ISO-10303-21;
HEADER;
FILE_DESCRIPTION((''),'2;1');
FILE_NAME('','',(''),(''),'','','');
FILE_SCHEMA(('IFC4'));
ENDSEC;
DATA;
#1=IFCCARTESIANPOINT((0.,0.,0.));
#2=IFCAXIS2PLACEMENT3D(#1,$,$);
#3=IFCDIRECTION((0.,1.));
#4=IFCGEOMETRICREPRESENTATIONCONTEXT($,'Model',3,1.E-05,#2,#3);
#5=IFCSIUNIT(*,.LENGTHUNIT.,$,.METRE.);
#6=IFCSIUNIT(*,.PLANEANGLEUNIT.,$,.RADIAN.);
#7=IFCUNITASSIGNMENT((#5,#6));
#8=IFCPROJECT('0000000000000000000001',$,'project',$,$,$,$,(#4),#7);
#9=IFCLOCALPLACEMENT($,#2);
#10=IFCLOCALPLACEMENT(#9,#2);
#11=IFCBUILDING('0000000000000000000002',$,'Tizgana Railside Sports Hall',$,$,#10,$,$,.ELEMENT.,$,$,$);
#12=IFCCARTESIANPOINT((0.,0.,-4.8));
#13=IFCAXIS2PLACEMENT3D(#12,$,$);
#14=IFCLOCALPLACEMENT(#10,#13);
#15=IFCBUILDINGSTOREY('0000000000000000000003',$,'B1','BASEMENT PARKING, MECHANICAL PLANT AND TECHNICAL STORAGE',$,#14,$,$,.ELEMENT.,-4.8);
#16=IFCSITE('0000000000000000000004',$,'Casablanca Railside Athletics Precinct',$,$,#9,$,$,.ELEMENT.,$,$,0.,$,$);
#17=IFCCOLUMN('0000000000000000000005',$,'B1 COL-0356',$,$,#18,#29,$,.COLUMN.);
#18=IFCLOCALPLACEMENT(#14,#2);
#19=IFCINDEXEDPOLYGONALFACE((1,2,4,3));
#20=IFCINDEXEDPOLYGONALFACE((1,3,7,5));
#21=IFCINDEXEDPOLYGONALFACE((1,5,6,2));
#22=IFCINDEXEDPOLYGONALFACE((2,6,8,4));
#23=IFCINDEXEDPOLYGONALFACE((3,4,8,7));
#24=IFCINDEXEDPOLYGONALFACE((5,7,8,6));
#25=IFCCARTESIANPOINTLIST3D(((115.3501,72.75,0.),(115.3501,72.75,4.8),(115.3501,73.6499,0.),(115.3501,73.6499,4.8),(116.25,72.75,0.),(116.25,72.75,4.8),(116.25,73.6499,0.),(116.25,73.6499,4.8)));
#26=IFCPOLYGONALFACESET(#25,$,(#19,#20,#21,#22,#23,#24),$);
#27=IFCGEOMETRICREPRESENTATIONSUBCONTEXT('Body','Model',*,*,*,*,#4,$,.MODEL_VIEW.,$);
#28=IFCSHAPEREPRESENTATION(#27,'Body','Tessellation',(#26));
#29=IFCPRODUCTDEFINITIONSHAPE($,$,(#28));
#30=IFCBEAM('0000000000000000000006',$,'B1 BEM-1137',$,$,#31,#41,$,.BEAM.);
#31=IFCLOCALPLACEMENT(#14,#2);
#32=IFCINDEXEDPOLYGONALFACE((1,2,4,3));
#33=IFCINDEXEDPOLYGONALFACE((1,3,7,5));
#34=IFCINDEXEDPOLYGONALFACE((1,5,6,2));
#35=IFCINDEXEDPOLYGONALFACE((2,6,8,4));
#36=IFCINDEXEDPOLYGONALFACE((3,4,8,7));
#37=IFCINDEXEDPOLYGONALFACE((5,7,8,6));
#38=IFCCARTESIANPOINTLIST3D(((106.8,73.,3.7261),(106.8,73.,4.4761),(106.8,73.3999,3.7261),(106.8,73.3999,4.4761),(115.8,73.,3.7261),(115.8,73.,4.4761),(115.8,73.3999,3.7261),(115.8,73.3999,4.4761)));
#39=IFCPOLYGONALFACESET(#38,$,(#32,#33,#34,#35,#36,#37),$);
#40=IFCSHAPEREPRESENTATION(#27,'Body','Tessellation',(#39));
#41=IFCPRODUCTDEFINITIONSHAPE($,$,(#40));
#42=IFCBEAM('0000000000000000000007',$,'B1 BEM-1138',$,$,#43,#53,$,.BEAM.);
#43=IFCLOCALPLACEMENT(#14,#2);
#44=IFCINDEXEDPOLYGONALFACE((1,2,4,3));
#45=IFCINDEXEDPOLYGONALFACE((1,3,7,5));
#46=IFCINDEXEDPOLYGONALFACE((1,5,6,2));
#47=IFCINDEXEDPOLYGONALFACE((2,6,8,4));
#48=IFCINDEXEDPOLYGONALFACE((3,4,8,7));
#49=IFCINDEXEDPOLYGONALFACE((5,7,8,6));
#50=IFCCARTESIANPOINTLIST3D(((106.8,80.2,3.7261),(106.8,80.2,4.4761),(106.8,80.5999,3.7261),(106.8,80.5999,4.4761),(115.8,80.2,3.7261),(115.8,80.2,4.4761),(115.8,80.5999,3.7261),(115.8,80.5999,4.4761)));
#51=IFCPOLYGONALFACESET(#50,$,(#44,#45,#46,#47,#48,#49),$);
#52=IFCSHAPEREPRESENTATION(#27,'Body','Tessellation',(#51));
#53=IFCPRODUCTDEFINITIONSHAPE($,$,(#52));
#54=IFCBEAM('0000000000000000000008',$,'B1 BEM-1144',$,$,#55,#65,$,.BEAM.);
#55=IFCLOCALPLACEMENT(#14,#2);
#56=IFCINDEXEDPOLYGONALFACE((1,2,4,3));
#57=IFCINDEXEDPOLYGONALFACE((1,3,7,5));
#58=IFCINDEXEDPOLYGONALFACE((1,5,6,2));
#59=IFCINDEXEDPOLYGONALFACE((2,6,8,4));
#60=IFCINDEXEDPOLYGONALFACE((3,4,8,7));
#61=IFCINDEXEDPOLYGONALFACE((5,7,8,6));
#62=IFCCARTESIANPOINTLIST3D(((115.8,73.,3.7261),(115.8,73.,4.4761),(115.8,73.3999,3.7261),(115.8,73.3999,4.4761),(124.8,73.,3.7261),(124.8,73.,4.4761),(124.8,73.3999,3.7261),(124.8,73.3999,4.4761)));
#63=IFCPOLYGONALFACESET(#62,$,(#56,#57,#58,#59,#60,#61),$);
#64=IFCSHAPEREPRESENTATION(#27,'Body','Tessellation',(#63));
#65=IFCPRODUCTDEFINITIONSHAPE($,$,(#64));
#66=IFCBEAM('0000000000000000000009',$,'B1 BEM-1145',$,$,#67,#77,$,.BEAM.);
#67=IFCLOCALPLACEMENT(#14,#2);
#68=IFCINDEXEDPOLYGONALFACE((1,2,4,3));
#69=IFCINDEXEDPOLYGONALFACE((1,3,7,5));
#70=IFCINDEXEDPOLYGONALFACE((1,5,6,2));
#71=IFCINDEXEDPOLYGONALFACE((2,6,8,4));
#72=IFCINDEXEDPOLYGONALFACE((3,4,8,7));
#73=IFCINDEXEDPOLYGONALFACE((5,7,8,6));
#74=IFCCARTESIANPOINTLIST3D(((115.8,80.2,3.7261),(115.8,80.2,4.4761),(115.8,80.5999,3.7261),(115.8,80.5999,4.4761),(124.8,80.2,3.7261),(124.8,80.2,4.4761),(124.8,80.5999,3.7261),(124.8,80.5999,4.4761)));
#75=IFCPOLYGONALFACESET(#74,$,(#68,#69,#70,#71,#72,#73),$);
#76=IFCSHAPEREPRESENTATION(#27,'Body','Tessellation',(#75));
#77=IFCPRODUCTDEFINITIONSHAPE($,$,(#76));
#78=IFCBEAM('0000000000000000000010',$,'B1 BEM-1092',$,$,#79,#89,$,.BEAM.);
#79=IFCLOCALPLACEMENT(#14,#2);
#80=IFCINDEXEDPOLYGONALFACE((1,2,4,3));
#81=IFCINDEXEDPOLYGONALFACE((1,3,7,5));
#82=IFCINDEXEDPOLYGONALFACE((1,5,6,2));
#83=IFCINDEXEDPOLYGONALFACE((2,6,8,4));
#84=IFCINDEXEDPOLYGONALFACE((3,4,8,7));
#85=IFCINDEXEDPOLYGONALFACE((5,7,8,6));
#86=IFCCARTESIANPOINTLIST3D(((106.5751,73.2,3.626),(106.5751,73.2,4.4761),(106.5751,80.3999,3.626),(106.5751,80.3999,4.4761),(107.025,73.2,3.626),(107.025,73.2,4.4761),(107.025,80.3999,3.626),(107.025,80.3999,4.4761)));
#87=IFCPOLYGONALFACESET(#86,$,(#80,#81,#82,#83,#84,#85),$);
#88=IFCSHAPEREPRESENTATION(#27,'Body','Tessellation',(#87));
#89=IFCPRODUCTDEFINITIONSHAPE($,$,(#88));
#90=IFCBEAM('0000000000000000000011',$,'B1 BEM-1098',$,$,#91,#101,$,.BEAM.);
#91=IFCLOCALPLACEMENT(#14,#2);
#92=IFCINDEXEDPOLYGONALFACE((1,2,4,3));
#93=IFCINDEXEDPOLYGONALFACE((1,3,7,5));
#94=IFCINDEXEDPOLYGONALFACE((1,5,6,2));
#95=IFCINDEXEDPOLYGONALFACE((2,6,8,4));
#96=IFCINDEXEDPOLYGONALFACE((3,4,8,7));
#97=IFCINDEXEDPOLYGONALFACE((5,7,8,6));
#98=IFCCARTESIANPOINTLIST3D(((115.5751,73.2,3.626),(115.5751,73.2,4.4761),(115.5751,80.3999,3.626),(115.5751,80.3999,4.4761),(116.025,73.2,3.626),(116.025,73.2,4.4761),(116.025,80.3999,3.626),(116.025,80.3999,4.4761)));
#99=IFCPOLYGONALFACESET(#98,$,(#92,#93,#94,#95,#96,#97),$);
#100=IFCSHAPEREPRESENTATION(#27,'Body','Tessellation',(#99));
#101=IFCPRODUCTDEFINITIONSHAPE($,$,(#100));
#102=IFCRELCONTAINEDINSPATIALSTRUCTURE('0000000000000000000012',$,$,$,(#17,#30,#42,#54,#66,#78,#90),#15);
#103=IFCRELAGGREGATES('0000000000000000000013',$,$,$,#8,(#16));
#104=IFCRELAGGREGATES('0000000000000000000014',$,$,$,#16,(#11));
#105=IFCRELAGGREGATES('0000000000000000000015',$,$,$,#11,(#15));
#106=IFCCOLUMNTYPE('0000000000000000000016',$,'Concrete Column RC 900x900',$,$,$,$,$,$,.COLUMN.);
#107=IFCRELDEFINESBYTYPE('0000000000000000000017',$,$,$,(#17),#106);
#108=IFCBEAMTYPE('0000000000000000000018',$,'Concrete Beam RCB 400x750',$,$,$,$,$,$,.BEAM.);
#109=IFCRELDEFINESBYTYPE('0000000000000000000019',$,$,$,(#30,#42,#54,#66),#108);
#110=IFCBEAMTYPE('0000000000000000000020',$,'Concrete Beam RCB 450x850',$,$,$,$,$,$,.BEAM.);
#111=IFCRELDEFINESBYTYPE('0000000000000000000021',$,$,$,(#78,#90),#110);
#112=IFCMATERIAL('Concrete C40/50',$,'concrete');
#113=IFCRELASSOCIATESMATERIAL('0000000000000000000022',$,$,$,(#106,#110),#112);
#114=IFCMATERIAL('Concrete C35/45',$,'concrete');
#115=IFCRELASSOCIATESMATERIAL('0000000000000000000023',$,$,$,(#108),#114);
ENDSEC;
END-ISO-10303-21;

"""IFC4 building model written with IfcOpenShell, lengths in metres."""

from ifc_helpers import new_model, si_unit, direction, frame, origin, origin_2d, place, context, subcontext, project, spatial, rectangle, extrude, material, material_profile, profile_set, type_object, element, save


model = new_model("IFC4")

# Units and contexts
model_context = context("Model", 3, precision=1e-05, world=origin(), true_north=direction((0.0, 1.0)))
body_context = subcontext(model_context, "Body", "Model", "MODEL_VIEW")
ifc_project = project(units=[si_unit("LENGTHUNIT", "METRE"), si_unit("PLANEANGLEUNIT", "RADIAN")], contexts=[model_context])

# Site, building, storey
site_placement = place(None, origin())
site = spatial("IfcSite", under=ifc_project, at=site_placement, Name="Casablanca Railside Athletics Precinct", CompositionType="ELEMENT", RefElevation=0.0)
building_placement = place(site_placement, origin())
building = spatial("IfcBuilding", under=site, at=building_placement, Name="Tizgana Railside Sports Hall", CompositionType="ELEMENT")
storey_placement = place(building_placement, frame((0.0, 0.0, -4.8)))
storey = spatial("IfcBuildingStorey", under=building, at=storey_placement, Name="B1", Description="BASEMENT PARKING, MECHANICAL PLANT AND TECHNICAL STORAGE", CompositionType="ELEMENT", Elevation=-4.8)

# Shared definitions
ifc_material_1 = material(Name="Concrete C35/45", Category="concrete")

# Column
ifc_material_2 = material(Name="Concrete C40/50", Category="concrete")
ifc_material_profile_1 = material_profile(ifc_material_2, rectangle(XDim=0.8999, YDim=0.8999, at=origin_2d()), Name="RC 900x900")
ifc_profile_set_1 = profile_set([ifc_material_profile_1], Name="Concrete C40/50")
column_type_1 = type_object("IfcColumnType", Name="Concrete Column RC 900x900", PredefinedType="COLUMN", material=ifc_profile_set_1)
column_placement = place(storey_placement, frame((115.8, 73.2, 0.0), z_axis=(0.0, 0.0, 1.0), x_axis=(1.0, 0.0, 0.0)))
element("IfcColumn", 1, at=column_placement, inside=storey, type_object=column_type_1, Name="B1 COL-0356", PredefinedType="COLUMN", context=body_context, shape_type="SweptSolid", body=[
    extrude(rectangle(XDim=0.8999, YDim=0.8999, at=origin_2d()), origin(), (0.0, 0.0, 1.0), 4.8),
])

# Beams
ifc_material_profile_2 = material_profile(ifc_material_1, rectangle(XDim=0.3999, YDim=0.75, at=origin_2d()), Name="RCB 400x750")
ifc_profile_set_2 = profile_set([ifc_material_profile_2], Name="Concrete C35/45")
beam_type_1 = type_object("IfcBeamType", Name="Concrete Beam RCB 400x750", PredefinedType="BEAM", material=ifc_profile_set_2)
for number, where, z_axis, x_axis, name in (
    (2, (106.8, 73.2, 4.1011), (1.0, 0.0, 0.0), (0.0, 1.0, 0.0), "B1 BEM-1137"),
    (3, (106.8, 80.3999, 4.1011), (1.0, 0.0, 0.0), (0.0, 1.0, 0.0), "B1 BEM-1138"),
    (4, (115.8, 73.2, 4.1011), (1.0, 0.0, 0.0), (0.0, 1.0, 0.0), "B1 BEM-1144"),
    (5, (115.8, 80.3999, 4.1011), (1.0, 0.0, 0.0), (0.0, 1.0, 0.0), "B1 BEM-1145"),
):
    element("IfcBeam", number, at=place(storey_placement, frame(where, z_axis=z_axis, x_axis=x_axis)), inside=storey, type_object=beam_type_1, Name=name, PredefinedType="BEAM", context=body_context, shape_type="SweptSolid", body=[
        extrude(rectangle(XDim=0.3999, YDim=0.75, at=origin_2d()), origin(), (0.0, 0.0, 1.0), 9.0),
    ])
ifc_material_profile_3 = material_profile(ifc_material_2, rectangle(XDim=0.45, YDim=0.8501, at=origin_2d()), Name="RCB 450x850")
ifc_profile_set_3 = profile_set([ifc_material_profile_3], Name="Concrete C40/50")
beam_type_2 = type_object("IfcBeamType", Name="Concrete Beam RCB 450x850", PredefinedType="BEAM", material=ifc_profile_set_3)
for number, where, z_axis, x_axis, name in (
    (6, (106.8, 73.2, 4.051), (0.0, 1.0, 0.0), (-1.0, 0.0, 0.0), "B1 BEM-1092"),
    (7, (115.8, 73.2, 4.051), (0.0, 1.0, 0.0), (-1.0, 0.0, 0.0), "B1 BEM-1098"),
):
    element("IfcBeam", number, at=place(storey_placement, frame(where, z_axis=z_axis, x_axis=x_axis)), inside=storey, type_object=beam_type_2, Name=name, PredefinedType="BEAM", context=body_context, shape_type="SweptSolid", body=[
        extrude(rectangle(XDim=0.45, YDim=0.8501, at=origin_2d()), origin(), (0.0, 0.0, 1.0), 7.2),
    ])

save(model, "model.ifc")
